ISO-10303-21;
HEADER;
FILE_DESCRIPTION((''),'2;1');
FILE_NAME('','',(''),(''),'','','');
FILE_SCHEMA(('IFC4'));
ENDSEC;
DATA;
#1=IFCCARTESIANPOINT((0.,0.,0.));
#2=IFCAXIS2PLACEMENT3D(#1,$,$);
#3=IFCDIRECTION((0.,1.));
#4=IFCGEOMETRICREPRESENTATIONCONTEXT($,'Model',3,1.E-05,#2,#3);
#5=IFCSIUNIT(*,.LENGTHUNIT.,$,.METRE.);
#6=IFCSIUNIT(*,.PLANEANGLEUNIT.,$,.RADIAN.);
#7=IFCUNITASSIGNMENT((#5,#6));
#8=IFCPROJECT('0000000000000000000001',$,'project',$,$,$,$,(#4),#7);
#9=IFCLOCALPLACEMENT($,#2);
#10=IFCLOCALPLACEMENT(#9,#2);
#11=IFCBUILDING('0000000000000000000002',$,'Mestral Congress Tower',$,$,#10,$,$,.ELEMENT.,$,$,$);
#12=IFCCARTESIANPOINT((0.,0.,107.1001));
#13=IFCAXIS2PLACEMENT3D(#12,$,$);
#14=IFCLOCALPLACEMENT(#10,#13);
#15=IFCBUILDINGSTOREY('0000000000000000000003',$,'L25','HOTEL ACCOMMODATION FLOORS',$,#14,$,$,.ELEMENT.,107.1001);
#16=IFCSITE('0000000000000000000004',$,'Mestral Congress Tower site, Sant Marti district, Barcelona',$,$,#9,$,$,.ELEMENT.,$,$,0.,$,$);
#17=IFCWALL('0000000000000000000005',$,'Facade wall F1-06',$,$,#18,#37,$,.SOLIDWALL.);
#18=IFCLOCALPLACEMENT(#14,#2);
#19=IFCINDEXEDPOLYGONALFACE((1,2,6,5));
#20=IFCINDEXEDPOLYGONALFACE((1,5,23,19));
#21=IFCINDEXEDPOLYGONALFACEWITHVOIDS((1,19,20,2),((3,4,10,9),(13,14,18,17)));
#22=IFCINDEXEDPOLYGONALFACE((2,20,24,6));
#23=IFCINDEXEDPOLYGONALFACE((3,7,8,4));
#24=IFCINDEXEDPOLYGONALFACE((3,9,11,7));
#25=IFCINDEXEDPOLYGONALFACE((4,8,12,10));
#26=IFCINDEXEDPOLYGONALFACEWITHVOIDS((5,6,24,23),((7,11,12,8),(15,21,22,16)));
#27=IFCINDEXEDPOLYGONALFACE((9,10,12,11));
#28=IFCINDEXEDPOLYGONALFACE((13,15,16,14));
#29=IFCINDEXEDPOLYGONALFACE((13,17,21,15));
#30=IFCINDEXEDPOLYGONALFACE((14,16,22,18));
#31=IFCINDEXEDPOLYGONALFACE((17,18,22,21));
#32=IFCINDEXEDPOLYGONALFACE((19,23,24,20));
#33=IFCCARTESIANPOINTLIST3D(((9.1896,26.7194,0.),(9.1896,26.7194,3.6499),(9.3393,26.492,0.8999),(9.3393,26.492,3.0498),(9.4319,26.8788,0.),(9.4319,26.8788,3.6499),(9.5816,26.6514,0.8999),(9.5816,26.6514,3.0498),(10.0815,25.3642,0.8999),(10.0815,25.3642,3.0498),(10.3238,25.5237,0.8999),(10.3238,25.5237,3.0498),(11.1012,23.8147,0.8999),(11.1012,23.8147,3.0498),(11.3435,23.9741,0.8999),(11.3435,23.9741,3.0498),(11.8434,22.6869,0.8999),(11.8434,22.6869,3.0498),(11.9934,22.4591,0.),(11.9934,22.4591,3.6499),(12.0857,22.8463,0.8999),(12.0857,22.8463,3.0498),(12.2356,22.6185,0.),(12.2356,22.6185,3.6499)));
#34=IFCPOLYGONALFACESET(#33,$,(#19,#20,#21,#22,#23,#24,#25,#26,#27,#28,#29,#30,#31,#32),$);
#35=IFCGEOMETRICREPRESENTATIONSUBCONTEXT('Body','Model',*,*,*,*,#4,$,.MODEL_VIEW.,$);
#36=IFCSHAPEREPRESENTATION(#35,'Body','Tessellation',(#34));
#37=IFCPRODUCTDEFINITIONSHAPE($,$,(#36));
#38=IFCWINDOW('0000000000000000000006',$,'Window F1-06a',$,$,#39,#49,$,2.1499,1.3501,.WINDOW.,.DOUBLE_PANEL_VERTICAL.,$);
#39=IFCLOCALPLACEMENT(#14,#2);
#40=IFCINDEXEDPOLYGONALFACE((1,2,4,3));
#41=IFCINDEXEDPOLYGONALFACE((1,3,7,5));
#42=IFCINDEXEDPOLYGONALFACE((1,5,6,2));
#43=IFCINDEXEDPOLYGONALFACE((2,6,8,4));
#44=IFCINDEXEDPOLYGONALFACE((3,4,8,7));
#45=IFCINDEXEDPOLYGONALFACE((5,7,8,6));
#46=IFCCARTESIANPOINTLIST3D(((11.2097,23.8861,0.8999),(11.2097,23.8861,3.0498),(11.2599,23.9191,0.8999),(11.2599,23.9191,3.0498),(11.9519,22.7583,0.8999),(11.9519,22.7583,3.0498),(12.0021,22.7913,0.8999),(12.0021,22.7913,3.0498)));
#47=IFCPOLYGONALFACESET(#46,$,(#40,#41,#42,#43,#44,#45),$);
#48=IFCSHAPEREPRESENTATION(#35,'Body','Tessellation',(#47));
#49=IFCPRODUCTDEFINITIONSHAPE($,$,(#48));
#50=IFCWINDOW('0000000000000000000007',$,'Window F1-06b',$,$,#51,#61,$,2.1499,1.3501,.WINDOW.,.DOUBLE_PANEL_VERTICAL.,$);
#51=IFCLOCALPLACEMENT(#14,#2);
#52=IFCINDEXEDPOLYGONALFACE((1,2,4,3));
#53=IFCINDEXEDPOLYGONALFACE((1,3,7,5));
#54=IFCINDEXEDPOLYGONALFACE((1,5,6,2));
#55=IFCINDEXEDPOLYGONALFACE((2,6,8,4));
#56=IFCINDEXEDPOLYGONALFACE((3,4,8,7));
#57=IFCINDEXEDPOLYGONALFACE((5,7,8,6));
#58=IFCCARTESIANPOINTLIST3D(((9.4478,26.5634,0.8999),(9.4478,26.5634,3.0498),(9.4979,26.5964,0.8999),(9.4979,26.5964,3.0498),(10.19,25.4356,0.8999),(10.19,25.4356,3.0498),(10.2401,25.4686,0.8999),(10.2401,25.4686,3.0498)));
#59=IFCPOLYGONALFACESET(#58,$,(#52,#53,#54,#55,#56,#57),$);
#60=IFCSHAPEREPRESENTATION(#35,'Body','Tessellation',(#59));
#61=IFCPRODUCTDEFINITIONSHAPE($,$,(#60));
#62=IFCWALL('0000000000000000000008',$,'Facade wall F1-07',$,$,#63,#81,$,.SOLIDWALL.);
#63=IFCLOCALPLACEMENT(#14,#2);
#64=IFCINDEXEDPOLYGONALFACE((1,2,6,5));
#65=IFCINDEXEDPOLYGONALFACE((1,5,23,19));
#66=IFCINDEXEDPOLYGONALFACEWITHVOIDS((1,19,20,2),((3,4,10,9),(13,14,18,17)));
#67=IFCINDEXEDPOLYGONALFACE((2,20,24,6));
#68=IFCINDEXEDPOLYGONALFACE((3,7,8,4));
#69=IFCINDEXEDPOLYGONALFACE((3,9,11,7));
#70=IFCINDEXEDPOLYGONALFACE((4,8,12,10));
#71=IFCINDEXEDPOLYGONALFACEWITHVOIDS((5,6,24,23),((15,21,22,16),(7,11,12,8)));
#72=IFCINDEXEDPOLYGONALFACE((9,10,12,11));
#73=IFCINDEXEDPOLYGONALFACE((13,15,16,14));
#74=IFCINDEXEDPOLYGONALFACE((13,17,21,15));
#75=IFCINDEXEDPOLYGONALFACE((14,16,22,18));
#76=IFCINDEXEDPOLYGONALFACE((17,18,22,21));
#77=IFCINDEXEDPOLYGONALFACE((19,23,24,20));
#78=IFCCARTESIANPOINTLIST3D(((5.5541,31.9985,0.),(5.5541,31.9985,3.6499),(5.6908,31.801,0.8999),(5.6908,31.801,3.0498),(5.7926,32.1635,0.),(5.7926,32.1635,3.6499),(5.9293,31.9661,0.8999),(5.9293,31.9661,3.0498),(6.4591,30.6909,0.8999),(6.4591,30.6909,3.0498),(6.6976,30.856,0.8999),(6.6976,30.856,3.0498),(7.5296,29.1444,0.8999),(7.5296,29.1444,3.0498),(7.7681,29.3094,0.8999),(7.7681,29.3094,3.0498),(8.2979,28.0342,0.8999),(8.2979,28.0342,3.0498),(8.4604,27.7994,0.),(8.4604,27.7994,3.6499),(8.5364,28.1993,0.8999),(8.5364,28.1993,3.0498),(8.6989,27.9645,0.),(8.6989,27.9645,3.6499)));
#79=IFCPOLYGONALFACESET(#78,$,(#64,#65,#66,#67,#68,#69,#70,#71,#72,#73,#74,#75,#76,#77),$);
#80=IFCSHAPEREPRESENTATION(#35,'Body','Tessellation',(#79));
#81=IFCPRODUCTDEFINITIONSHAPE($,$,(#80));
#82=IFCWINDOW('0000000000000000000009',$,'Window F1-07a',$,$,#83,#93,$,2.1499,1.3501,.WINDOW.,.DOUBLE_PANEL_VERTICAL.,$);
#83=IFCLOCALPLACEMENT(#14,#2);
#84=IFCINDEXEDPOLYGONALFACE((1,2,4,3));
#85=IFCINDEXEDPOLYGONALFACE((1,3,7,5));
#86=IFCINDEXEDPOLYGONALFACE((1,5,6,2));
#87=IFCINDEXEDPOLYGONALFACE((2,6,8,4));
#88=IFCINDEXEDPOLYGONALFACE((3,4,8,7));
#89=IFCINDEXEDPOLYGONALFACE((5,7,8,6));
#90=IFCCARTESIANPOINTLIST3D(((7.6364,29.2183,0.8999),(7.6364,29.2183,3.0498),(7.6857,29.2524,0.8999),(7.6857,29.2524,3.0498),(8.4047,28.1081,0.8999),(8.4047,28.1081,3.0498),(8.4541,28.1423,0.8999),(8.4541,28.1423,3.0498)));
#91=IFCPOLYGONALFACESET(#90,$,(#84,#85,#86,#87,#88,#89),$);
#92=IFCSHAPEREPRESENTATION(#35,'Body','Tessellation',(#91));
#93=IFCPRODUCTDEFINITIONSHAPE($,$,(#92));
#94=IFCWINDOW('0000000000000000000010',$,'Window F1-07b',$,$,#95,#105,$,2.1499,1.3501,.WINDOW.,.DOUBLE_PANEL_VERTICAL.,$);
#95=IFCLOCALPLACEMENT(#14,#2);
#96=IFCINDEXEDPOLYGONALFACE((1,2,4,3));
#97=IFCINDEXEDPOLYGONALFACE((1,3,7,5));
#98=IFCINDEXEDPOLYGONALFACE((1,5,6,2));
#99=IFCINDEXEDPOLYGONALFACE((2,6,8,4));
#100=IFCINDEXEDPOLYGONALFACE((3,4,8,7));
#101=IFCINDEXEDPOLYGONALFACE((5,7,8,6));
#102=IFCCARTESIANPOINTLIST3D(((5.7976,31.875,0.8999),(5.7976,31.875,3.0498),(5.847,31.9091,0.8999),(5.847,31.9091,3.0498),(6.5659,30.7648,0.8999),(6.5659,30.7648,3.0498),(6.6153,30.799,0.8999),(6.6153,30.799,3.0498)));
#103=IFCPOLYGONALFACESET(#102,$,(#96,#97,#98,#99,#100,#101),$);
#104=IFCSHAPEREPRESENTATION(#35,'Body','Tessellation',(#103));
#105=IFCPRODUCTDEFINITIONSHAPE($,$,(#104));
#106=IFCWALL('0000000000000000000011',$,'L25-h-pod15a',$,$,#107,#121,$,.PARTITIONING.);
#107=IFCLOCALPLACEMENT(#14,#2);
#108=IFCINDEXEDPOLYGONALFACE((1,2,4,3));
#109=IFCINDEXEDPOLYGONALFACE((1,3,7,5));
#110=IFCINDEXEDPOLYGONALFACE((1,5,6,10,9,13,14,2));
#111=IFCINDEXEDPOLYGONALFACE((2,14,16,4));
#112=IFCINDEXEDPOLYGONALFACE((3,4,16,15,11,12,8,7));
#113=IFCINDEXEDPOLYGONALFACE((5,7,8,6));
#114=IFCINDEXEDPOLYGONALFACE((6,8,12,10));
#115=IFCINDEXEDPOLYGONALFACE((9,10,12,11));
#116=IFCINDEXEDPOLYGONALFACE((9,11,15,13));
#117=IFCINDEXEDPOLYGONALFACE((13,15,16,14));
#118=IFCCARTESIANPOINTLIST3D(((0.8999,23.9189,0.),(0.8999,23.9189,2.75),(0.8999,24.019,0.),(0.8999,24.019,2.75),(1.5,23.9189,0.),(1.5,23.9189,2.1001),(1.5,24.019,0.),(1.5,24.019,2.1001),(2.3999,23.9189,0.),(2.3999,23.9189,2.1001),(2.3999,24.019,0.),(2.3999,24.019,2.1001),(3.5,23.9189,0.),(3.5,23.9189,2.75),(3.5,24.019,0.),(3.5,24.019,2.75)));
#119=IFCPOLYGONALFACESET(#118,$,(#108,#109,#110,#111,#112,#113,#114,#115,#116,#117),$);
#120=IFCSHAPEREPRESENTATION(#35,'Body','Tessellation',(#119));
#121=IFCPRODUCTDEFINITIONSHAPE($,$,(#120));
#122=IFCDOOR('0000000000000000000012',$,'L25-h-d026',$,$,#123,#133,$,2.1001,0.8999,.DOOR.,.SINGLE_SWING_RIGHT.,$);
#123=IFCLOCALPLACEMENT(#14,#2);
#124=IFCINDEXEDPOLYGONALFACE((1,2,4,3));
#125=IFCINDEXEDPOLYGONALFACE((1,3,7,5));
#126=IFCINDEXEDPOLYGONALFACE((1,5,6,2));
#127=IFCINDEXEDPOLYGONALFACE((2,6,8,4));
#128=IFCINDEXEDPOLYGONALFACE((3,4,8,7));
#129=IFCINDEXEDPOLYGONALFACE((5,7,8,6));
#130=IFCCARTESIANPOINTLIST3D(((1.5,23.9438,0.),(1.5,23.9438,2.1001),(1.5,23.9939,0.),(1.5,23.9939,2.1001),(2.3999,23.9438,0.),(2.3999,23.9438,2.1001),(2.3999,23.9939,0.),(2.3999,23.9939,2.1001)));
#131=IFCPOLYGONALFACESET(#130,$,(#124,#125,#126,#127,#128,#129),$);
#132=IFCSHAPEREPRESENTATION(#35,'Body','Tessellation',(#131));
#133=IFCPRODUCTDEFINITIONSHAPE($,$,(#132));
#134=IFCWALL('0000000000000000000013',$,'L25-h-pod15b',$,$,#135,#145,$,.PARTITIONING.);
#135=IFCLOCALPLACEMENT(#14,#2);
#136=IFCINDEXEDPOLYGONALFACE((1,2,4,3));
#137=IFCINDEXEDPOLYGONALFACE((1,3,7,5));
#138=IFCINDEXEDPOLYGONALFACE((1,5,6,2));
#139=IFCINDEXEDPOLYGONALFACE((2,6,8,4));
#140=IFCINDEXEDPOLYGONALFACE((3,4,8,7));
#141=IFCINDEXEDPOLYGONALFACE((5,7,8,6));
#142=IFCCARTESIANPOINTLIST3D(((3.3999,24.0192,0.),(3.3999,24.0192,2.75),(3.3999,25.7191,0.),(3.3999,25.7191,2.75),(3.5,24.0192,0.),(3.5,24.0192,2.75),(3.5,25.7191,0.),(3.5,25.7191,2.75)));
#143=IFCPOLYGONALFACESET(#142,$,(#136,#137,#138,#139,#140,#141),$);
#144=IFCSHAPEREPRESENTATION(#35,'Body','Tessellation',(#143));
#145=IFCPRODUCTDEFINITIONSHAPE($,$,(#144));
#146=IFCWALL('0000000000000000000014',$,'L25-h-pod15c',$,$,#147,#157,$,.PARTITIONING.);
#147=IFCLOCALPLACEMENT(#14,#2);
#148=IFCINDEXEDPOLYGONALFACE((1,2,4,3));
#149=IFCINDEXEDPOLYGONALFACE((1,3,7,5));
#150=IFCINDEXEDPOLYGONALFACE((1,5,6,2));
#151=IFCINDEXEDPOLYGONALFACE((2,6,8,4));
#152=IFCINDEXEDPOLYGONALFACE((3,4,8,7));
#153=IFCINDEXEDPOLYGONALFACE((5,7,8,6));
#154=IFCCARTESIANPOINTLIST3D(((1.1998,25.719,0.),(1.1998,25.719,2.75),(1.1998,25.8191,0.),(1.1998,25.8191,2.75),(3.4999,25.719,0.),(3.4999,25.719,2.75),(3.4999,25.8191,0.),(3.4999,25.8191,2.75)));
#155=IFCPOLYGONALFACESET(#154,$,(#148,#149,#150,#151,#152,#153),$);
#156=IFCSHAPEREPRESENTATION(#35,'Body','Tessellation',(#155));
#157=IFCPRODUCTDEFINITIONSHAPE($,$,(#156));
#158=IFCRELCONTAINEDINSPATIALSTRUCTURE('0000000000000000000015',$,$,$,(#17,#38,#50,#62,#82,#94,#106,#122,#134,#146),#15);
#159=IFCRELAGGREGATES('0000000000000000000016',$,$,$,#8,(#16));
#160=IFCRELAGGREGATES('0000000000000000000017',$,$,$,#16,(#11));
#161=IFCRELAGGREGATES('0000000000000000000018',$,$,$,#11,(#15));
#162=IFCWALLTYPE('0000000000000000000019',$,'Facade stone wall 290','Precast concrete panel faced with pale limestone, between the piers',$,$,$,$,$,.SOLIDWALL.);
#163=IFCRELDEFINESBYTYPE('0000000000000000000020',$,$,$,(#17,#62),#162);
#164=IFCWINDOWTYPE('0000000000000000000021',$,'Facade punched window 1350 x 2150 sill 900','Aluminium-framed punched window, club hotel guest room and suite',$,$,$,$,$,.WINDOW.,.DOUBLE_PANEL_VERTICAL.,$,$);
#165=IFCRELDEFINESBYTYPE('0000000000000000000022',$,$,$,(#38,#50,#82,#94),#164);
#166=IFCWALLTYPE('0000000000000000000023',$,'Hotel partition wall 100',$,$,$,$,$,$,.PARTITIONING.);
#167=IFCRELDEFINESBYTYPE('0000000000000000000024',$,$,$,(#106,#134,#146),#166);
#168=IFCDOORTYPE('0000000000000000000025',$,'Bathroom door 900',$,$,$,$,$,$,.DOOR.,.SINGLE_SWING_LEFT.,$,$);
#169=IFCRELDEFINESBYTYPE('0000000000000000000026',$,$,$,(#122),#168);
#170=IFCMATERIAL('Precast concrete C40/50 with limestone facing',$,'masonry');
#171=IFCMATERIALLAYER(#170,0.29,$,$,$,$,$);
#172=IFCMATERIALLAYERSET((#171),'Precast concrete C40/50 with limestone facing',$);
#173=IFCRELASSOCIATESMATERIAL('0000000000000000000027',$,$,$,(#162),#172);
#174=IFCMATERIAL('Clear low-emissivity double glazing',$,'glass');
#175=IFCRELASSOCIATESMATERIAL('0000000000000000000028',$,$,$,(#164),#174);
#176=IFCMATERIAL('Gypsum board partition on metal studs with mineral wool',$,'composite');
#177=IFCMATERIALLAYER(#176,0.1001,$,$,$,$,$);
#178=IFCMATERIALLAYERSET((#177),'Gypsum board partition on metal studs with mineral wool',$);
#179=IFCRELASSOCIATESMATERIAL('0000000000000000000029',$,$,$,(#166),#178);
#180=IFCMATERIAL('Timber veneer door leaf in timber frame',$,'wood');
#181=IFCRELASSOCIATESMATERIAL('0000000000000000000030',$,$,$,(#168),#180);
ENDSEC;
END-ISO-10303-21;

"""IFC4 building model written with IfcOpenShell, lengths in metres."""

from ifc_helpers import new_model, si_unit, direction, frame, frame_2d, origin, place, context, subcontext, project, spatial, rectangle, extrude, material, layer, layer_set, type_object, element, fill, save


model = new_model("IFC4")

# Units and contexts
model_context = context("Model", 3, precision=1e-05, world=origin(), true_north=direction((0.0, 1.0)))
body_context = subcontext(model_context, "Body", "Model", "MODEL_VIEW")
ifc_project = project(units=[si_unit("LENGTHUNIT", "METRE"), si_unit("PLANEANGLEUNIT", "RADIAN")], contexts=[model_context])

# Site, building, storey
site_placement = place(None, origin())
site = spatial("IfcSite", under=ifc_project, at=site_placement, Name="Mestral Congress Tower site, Sant Marti district, Barcelona", CompositionType="ELEMENT", RefElevation=0.0)
building_placement = place(site_placement, origin())
building = spatial("IfcBuilding", under=site, at=building_placement, Name="Mestral Congress Tower", CompositionType="ELEMENT")
storey_placement = place(building_placement, frame((0.0, 0.0, 107.1001)))
storey = spatial("IfcBuildingStorey", under=building, at=storey_placement, Name="L25", Description="HOTEL ACCOMMODATION FLOORS", CompositionType="ELEMENT", Elevation=107.1001)

# Walls, openings, windows
ifc_material_1 = material(Name="Precast concrete C40/50 with limestone facing", Category="masonry")
ifc_layer_1 = layer(ifc_material_1, 0.29)
ifc_layer_set_1 = layer_set([ifc_layer_1], Name="Precast concrete C40/50 with limestone facing")
wall_type_1 = type_object("IfcWallType", Name="Facade stone wall 290", Description="Precast concrete panel faced with pale limestone, between the piers", PredefinedType="SOLIDWALL", material=ifc_layer_set_1)
wall_1_placement = place(storey_placement, frame((12.1145, 22.5388, 0.0), z_axis=(0.0, 0.0, 1.0), x_axis=(-0.549741, 0.835335, 0.0)))
wall_1 = element("IfcWall", 1, at=wall_1_placement, inside=storey, type_object=wall_type_1, Name="Facade wall F1-06", PredefinedType="SOLIDWALL", context=body_context, shape_type="SweptSolid", body=[
    extrude(rectangle(XDim=5.1001, YDim=0.29, at=frame_2d((2.55, 0.0))), origin(), (0.0, 0.0, 1.0), 3.6499),
])
opening_1_placement = place(wall_1_placement, frame((0.2727, 0.0, 0.8999)))
opening_1 = element("IfcOpeningElement", 2, at=opening_1_placement, cuts=wall_1, PredefinedType="OPENING", context=body_context, shape_type="SweptSolid", body=[
    extrude(rectangle(XDim=1.3501, YDim=2.1499, at=frame_2d((0.675, 1.075))), frame((0.0, 0.155, 0.0), z_axis=(0.0, -1.0, 0.0), x_axis=(1.0, 0.0, 0.0)), (0.0, 0.0, 1.0), 0.3101),
])
opening_2_placement = place(wall_1_placement, frame((3.4778, 0.0, 0.8999)))
opening_2 = element("IfcOpeningElement", 3, at=opening_2_placement, cuts=wall_1, PredefinedType="OPENING", context=body_context, shape_type="SweptSolid", body=[
    extrude(rectangle(XDim=1.3501, YDim=2.1499, at=frame_2d((0.675, 1.075))), frame((0.0, 0.155, 0.0), z_axis=(0.0, -1.0, 0.0), x_axis=(1.0, 0.0, 0.0)), (0.0, 0.0, 1.0), 0.3101),
])
ifc_material_2 = material(Name="Clear low-emissivity double glazing", Category="glass")
window_type = type_object("IfcWindowType", Name="Facade punched window 1350 x 2150 sill 900", Description="Aluminium-framed punched window, club hotel guest room and suite", PartitioningType="DOUBLE_PANEL_VERTICAL", PredefinedType="WINDOW", material=ifc_material_2)
window_1_placement = place(opening_1_placement, origin())
window_1 = element("IfcWindow", 4, at=window_1_placement, inside=storey, type_object=window_type, Name="Window F1-06a", OverallHeight=2.1499, OverallWidth=1.3501, PartitioningType="DOUBLE_PANEL_VERTICAL", PredefinedType="WINDOW", context=body_context, shape_type="SweptSolid", body=[
    extrude(rectangle(XDim=1.3501, YDim=2.1499, at=frame_2d((0.675, 1.075))), frame((0.0, 0.0151, 0.0), z_axis=(0.0, -1.0, 0.0), x_axis=(1.0, 0.0, 0.0)), (0.0, 0.0, 1.0), 0.0601),
])
fill(opening_1, window_1)
window_2_placement = place(opening_2_placement, origin())
window_2 = element("IfcWindow", 5, at=window_2_placement, inside=storey, type_object=window_type, Name="Window F1-06b", OverallHeight=2.1499, OverallWidth=1.3501, PartitioningType="DOUBLE_PANEL_VERTICAL", PredefinedType="WINDOW", context=body_context, shape_type="SweptSolid", body=[
    extrude(rectangle(XDim=1.3501, YDim=2.1499, at=frame_2d((0.675, 1.075))), frame((0.0, 0.0151, 0.0), z_axis=(0.0, -1.0, 0.0), x_axis=(1.0, 0.0, 0.0)), (0.0, 0.0, 1.0), 0.0601),
])
fill(opening_2, window_2)
wall_2_placement = place(storey_placement, frame((8.5796, 27.8821, 0.0), z_axis=(0.0, 0.0, 1.0), x_axis=(-0.569113, 0.822259, 0.0)))
wall_2 = element("IfcWall", 6, at=wall_2_placement, inside=storey, type_object=wall_type_1, Name="Facade wall F1-07", PredefinedType="SOLIDWALL", context=body_context, shape_type="SweptSolid", body=[
    extrude(rectangle(XDim=5.1067, YDim=0.29, at=frame_2d((2.5532, 0.0))), origin(), (0.0, 0.0, 1.0), 3.6499),
])
opening_3_placement = place(wall_2_placement, frame((0.2854, 0.0, 0.8999)))
opening_3 = element("IfcOpeningElement", 7, at=opening_3_placement, cuts=wall_2, PredefinedType="OPENING", context=body_context, shape_type="SweptSolid", body=[
    extrude(rectangle(XDim=1.3501, YDim=2.1499, at=frame_2d((0.675, 1.075))), frame((0.0, 0.155, 0.0), z_axis=(0.0, -1.0, 0.0), x_axis=(1.0, 0.0, 0.0)), (0.0, 0.0, 1.0), 0.3101),
])
opening_4_placement = place(wall_2_placement, frame((3.5164, 0.0, 0.8999)))
opening_4 = element("IfcOpeningElement", 8, at=opening_4_placement, cuts=wall_2, PredefinedType="OPENING", context=body_context, shape_type="SweptSolid", body=[
    extrude(rectangle(XDim=1.3501, YDim=2.1499, at=frame_2d((0.675, 1.075))), frame((0.0, 0.155, 0.0), z_axis=(0.0, -1.0, 0.0), x_axis=(1.0, 0.0, 0.0)), (0.0, 0.0, 1.0), 0.3101),
])
window_3_placement = place(opening_3_placement, origin())
window_3 = element("IfcWindow", 9, at=window_3_placement, inside=storey, type_object=window_type, Name="Window F1-07a", OverallHeight=2.1499, OverallWidth=1.3501, PartitioningType="DOUBLE_PANEL_VERTICAL", PredefinedType="WINDOW", context=body_context, shape_type="SweptSolid", body=[
    extrude(rectangle(XDim=1.3501, YDim=2.1499, at=frame_2d((0.675, 1.075))), frame((0.0, 0.0151, 0.0), z_axis=(0.0, -1.0, 0.0), x_axis=(1.0, 0.0, 0.0)), (0.0, 0.0, 1.0), 0.0601),
])
fill(opening_3, window_3)
window_4_placement = place(opening_4_placement, origin())
window_4 = element("IfcWindow", 10, at=window_4_placement, inside=storey, type_object=window_type, Name="Window F1-07b", OverallHeight=2.1499, OverallWidth=1.3501, PartitioningType="DOUBLE_PANEL_VERTICAL", PredefinedType="WINDOW", context=body_context, shape_type="SweptSolid", body=[
    extrude(rectangle(XDim=1.3501, YDim=2.1499, at=frame_2d((0.675, 1.075))), frame((0.0, 0.0151, 0.0), z_axis=(0.0, -1.0, 0.0), x_axis=(1.0, 0.0, 0.0)), (0.0, 0.0, 1.0), 0.0601),
])
fill(opening_4, window_4)

# Wall, opening, door
ifc_material_3 = material(Name="Gypsum board partition on metal studs with mineral wool", Category="composite")
ifc_layer_2 = layer(ifc_material_3, 0.1001)
ifc_layer_set_2 = layer_set([ifc_layer_2], Name="Gypsum board partition on metal studs with mineral wool")
wall_type_2 = type_object("IfcWallType", Name="Hotel partition wall 100", PredefinedType="PARTITIONING", material=ifc_layer_set_2)
wall_3_placement = place(storey_placement, frame((0.8999, 23.969, 0.0), z_axis=(0.0, 0.0, 1.0), x_axis=(1.0, 0.0, 0.0)))
wall_3 = element("IfcWall", 11, at=wall_3_placement, inside=storey, type_object=wall_type_2, Name="L25-h-pod15a", PredefinedType="PARTITIONING", context=body_context, shape_type="SweptSolid", body=[
    extrude(rectangle(XDim=2.6001, YDim=0.1001, at=frame_2d((1.3, 0.0))), origin(), (0.0, 0.0, 1.0), 2.75),
])
opening_5_placement = place(wall_3_placement, frame((0.6001, 0.0, 0.0)))
opening_5 = element("IfcOpeningElement", 12, at=opening_5_placement, cuts=wall_3, PredefinedType="OPENING", context=body_context, shape_type="SweptSolid", body=[
    extrude(rectangle(XDim=0.8999, YDim=2.1001, at=frame_2d((0.45, 1.05))), frame((0.0, 0.0601, 0.0), z_axis=(0.0, -1.0, 0.0), x_axis=(1.0, 0.0, 0.0)), (0.0, 0.0, 1.0), 0.1201),
])
ifc_material_4 = material(Name="Timber veneer door leaf in timber frame", Category="wood")
door_type = type_object("IfcDoorType", Name="Bathroom door 900", OperationType="SINGLE_SWING_LEFT", PredefinedType="DOOR", material=ifc_material_4)
door_1_placement = place(opening_5_placement, origin())
door_1 = element("IfcDoor", 13, at=door_1_placement, inside=storey, type_object=door_type, Name="L25-h-d026", OperationType="SINGLE_SWING_RIGHT", OverallHeight=2.1001, OverallWidth=0.8999, PredefinedType="DOOR", context=body_context, shape_type="SweptSolid", body=[
    extrude(rectangle(XDim=0.8999, YDim=2.1001, at=frame_2d((0.45, 1.05))), frame((0.0, 0.0249, 0.0), z_axis=(0.0, -1.0, 0.0), x_axis=(1.0, 0.0, 0.0)), (0.0, 0.0, 1.0), 0.05),
])
fill(opening_5, door_1)

# Walls
wall_4_placement = place(storey_placement, frame((3.45, 24.019, 0.0), z_axis=(0.0, 0.0, 1.0), x_axis=(0.0, 1.0, 0.0)))
element("IfcWall", 14, at=wall_4_placement, inside=storey, type_object=wall_type_2, Name="L25-h-pod15b", PredefinedType="PARTITIONING", context=body_context, shape_type="SweptSolid", body=[
    extrude(rectangle(XDim=1.7, YDim=0.1001, at=frame_2d((0.8501, 0.0))), origin(), (0.0, 0.0, 1.0), 2.75),
])
wall_5_placement = place(storey_placement, frame((1.2, 25.769, 0.0), z_axis=(0.0, 0.0, 1.0), x_axis=(1.0, 0.0, 0.0)))
element("IfcWall", 15, at=wall_5_placement, inside=storey, type_object=wall_type_2, Name="L25-h-pod15c", PredefinedType="PARTITIONING", context=body_context, shape_type="SweptSolid", body=[
    extrude(rectangle(XDim=2.3, YDim=0.1001, at=frame_2d((1.1499, 0.0))), origin(), (0.0, 0.0, 1.0), 2.75),
])

save(model, "model.ifc")
